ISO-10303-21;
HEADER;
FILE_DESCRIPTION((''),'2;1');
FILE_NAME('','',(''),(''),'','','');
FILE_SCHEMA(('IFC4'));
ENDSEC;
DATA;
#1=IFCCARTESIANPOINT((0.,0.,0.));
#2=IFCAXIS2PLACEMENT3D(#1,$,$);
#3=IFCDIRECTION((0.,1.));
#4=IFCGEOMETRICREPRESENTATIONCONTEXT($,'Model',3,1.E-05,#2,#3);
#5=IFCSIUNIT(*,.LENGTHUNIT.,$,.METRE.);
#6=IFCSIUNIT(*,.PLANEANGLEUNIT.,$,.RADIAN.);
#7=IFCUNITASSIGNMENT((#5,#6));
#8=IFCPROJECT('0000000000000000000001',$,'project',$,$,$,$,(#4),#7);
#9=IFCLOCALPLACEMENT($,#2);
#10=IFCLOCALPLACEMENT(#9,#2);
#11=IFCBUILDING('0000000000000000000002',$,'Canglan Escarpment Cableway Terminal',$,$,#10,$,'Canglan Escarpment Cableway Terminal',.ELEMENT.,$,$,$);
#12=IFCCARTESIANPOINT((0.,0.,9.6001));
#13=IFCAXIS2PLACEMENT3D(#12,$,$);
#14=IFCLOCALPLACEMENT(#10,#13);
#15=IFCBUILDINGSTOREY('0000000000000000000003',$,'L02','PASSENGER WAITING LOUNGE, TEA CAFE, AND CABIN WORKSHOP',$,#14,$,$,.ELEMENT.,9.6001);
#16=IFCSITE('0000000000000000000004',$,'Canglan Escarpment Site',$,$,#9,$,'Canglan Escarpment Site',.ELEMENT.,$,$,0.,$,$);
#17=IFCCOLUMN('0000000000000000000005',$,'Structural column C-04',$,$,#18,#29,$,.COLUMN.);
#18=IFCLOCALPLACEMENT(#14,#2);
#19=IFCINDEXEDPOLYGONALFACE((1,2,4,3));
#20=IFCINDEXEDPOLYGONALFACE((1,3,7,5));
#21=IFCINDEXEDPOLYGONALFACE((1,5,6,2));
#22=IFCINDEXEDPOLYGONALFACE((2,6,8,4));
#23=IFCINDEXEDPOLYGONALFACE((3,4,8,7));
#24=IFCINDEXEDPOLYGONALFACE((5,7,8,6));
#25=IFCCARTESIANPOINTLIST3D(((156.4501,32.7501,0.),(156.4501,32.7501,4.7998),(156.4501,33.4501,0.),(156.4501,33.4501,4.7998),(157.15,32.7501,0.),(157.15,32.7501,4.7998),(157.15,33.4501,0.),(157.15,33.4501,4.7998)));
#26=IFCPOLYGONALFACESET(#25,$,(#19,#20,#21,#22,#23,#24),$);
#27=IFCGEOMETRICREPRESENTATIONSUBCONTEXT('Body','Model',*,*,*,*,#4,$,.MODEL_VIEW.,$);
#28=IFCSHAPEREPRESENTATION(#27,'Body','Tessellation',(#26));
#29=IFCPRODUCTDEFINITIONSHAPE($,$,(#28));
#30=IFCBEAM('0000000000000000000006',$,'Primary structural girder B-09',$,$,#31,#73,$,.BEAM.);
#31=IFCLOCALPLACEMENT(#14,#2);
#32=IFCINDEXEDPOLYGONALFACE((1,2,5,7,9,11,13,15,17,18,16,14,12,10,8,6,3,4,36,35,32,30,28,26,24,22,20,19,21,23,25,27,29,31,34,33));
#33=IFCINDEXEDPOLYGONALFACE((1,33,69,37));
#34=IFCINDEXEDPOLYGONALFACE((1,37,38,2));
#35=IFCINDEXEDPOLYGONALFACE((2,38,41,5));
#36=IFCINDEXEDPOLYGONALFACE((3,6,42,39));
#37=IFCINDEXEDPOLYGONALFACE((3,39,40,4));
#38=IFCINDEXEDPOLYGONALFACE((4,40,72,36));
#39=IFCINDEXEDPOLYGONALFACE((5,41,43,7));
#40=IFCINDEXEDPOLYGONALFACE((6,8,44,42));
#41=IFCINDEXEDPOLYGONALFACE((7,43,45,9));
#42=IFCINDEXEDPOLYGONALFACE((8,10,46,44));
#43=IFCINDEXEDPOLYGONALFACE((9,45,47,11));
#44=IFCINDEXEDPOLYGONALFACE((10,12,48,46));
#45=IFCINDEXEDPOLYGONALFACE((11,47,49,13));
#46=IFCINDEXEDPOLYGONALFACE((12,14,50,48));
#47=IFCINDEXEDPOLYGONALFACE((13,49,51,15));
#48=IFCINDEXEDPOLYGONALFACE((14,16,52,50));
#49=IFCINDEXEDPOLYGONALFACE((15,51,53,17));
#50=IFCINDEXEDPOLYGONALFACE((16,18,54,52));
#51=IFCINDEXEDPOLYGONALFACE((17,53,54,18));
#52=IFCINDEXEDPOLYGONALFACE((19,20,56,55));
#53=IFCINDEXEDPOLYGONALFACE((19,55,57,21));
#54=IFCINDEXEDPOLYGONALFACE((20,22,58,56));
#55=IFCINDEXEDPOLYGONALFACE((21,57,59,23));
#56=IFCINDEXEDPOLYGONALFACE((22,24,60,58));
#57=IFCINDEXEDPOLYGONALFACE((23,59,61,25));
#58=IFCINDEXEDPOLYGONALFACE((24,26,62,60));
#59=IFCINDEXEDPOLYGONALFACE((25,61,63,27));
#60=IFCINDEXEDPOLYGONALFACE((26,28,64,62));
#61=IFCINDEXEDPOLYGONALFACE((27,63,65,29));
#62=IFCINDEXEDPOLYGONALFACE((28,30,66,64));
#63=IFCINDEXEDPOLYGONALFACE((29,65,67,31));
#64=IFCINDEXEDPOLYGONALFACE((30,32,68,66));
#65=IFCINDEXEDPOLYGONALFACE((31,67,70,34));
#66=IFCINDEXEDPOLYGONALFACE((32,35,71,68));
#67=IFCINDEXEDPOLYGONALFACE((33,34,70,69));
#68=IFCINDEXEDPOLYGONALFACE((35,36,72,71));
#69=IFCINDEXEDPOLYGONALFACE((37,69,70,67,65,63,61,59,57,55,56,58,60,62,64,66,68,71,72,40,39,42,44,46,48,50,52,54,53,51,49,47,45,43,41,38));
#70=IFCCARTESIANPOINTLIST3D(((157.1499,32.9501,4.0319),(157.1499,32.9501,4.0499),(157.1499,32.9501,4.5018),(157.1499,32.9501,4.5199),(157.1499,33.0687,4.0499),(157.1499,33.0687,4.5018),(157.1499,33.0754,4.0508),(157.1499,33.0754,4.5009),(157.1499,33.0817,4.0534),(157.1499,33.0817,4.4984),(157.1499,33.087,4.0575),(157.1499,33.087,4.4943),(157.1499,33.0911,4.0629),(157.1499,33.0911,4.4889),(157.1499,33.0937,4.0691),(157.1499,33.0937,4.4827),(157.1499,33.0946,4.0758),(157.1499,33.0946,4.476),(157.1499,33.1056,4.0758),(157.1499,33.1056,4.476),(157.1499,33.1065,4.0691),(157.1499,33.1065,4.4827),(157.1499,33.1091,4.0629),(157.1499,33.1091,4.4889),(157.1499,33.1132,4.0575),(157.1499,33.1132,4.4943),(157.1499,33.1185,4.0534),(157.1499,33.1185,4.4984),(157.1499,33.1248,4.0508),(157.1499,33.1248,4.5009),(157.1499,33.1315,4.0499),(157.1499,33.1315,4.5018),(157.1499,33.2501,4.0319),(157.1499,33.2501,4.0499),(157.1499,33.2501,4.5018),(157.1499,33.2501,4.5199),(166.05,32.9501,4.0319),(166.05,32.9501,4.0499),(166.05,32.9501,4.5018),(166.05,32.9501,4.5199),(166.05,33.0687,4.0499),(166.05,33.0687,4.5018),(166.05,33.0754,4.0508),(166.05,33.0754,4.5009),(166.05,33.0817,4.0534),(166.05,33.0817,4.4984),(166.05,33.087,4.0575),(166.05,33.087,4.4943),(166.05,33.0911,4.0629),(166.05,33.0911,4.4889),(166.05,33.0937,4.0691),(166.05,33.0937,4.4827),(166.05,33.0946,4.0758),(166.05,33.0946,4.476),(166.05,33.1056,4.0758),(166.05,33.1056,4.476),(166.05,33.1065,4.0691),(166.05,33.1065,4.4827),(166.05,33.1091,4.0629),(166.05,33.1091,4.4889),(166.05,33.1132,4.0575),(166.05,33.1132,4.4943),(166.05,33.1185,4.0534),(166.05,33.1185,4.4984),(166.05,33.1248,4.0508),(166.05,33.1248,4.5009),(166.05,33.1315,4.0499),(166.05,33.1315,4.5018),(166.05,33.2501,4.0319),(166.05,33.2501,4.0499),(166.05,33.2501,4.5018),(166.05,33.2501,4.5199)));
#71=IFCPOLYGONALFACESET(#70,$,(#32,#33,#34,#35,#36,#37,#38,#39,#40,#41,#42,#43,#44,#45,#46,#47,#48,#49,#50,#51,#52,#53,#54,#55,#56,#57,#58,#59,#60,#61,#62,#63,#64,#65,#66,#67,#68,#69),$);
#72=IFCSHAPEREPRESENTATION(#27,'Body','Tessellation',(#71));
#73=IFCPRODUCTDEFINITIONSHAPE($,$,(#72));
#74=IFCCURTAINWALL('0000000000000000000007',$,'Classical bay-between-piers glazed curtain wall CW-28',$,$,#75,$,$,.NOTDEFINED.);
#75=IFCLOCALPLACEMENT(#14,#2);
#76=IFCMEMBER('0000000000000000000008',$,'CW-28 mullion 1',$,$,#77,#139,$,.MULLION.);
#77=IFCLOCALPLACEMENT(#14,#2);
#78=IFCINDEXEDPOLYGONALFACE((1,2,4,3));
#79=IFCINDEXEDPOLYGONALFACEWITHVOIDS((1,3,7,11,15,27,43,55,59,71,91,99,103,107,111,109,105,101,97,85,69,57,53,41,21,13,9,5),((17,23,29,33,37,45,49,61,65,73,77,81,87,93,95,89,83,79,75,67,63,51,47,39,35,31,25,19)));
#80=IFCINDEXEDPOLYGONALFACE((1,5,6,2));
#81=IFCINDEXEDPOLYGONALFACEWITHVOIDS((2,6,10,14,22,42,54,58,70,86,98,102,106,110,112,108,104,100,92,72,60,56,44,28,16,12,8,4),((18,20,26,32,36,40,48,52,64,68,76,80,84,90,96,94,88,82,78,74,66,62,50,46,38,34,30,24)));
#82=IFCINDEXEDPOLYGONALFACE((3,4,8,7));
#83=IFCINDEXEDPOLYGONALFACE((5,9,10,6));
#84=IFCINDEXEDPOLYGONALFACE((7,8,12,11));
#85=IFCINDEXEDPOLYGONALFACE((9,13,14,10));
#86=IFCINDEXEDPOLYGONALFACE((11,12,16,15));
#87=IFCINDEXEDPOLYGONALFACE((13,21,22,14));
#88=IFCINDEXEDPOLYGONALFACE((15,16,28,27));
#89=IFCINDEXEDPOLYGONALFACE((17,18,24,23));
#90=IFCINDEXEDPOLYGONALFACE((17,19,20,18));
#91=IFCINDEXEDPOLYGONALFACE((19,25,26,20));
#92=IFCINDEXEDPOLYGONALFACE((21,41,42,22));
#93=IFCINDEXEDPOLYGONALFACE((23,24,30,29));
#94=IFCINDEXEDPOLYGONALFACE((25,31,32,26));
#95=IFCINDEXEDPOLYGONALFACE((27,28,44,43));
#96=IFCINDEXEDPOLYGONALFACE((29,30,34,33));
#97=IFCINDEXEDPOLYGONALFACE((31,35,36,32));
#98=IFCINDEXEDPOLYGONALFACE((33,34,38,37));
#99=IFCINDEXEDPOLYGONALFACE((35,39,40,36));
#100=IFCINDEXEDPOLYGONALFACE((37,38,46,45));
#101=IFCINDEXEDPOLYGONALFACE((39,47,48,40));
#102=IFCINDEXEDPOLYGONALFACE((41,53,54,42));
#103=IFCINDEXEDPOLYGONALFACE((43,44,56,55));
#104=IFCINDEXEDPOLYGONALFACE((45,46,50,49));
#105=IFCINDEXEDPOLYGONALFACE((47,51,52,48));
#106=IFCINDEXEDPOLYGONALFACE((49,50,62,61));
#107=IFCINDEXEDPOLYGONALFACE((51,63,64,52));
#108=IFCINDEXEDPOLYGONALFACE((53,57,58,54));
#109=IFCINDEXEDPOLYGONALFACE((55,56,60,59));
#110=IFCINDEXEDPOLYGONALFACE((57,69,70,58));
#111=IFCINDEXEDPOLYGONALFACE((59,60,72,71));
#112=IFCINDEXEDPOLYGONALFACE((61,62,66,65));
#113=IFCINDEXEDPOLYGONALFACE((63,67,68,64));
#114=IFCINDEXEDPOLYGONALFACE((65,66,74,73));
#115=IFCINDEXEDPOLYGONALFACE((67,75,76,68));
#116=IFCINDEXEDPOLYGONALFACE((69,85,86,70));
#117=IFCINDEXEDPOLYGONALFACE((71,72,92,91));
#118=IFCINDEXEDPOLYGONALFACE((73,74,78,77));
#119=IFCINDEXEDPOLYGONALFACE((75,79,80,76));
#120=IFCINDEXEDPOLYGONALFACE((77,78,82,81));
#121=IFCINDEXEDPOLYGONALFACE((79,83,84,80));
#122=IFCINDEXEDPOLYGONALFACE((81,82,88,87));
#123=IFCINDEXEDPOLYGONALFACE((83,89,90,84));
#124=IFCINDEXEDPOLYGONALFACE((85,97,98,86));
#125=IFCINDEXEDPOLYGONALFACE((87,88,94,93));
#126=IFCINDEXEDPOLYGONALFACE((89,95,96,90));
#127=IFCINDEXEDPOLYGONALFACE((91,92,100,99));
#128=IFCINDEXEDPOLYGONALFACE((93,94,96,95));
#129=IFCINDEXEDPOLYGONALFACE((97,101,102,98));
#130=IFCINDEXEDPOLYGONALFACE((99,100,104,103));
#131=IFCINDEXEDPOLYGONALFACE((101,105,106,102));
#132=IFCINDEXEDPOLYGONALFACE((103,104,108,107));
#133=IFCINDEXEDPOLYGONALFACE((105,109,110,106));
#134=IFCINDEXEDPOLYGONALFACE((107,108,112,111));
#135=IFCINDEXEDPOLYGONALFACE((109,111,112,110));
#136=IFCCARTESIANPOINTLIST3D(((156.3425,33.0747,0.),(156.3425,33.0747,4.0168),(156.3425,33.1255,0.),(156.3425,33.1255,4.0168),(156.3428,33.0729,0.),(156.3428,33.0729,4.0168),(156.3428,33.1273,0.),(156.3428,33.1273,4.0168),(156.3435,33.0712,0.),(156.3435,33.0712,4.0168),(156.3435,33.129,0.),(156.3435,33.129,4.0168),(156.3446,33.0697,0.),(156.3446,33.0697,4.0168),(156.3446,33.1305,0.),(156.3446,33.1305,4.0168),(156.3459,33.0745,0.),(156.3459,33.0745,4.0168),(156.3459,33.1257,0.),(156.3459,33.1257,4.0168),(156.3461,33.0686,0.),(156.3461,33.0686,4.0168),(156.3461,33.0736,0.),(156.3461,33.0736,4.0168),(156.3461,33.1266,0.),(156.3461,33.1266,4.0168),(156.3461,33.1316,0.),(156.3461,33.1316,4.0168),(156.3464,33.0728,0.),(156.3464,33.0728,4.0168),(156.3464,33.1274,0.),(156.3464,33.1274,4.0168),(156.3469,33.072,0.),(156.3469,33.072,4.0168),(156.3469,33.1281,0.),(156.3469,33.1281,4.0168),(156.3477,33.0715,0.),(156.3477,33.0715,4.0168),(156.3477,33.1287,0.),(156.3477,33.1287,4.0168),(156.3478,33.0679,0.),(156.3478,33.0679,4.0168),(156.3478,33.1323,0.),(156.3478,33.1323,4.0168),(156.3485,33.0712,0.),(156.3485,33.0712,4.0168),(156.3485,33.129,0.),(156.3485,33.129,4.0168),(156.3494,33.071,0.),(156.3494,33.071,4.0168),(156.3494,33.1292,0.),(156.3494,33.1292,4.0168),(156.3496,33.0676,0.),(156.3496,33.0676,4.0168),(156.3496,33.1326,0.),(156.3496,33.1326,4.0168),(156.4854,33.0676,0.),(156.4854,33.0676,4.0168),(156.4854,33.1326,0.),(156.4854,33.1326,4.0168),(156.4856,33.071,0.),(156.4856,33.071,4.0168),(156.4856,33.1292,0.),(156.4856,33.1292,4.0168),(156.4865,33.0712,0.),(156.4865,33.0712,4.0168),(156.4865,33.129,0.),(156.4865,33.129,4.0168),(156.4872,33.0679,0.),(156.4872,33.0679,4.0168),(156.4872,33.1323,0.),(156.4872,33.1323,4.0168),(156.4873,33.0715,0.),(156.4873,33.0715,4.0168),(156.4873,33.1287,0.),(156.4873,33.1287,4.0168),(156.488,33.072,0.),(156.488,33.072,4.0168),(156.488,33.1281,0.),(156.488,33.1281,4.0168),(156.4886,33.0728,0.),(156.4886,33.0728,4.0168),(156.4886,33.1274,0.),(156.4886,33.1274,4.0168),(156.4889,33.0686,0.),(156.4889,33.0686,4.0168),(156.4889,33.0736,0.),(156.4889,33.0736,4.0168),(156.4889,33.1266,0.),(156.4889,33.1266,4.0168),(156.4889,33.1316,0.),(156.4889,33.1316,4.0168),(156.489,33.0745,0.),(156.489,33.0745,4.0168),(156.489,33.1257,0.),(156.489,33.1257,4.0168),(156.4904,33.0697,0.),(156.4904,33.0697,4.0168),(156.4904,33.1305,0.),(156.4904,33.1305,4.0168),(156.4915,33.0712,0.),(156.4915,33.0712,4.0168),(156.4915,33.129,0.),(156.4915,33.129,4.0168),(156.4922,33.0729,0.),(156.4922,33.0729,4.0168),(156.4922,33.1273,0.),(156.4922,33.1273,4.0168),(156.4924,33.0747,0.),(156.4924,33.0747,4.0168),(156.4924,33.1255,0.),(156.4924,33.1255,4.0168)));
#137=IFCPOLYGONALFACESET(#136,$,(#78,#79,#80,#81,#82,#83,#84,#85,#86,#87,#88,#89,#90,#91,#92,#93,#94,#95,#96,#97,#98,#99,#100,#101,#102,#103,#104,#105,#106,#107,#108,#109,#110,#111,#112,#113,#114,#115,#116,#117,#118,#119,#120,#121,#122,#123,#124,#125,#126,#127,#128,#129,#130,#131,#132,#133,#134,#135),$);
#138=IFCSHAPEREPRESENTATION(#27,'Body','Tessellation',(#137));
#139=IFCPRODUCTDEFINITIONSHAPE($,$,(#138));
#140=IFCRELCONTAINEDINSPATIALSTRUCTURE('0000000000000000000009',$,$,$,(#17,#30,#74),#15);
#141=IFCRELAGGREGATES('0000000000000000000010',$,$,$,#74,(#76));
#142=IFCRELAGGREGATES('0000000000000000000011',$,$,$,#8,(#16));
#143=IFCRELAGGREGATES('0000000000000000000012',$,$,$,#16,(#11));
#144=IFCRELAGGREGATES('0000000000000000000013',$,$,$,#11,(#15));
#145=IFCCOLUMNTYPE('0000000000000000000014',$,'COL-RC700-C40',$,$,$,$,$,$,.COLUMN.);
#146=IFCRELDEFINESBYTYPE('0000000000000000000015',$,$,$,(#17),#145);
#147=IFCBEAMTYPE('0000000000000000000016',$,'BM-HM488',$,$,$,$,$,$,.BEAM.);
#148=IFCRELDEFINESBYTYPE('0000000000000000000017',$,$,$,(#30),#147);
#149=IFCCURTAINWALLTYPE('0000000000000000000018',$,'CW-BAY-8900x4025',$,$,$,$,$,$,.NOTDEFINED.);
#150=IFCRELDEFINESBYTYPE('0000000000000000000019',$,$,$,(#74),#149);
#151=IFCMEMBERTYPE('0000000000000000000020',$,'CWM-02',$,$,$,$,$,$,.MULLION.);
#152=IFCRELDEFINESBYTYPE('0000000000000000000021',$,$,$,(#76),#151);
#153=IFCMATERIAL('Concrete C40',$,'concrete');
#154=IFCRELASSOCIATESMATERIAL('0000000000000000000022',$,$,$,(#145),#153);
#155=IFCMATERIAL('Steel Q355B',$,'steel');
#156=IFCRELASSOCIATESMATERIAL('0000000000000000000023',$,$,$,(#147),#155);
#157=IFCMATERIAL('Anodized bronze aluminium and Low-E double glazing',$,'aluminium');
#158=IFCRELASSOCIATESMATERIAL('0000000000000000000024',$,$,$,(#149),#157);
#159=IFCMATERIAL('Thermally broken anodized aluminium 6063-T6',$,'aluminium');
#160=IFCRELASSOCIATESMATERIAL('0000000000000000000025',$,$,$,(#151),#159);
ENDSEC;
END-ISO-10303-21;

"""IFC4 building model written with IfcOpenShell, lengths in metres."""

from ifc_helpers import new_model, si_unit, direction, frame, origin, origin_2d, place, context, subcontext, project, spatial, rectangle, hollow_rectangle, i_section, extrude, material, material_profile, profile_set, type_object, element, aggregate, save


model = new_model("IFC4")

# Units and contexts
model_context = context("Model", 3, precision=1e-05, world=origin(), true_north=direction((0.0, 1.0)))
body_context = subcontext(model_context, "Body", "Model", "MODEL_VIEW")
ifc_project = project(units=[si_unit("LENGTHUNIT", "METRE"), si_unit("PLANEANGLEUNIT", "RADIAN")], contexts=[model_context])

# Site, building, storey
site_placement = place(None, origin())
site = spatial("IfcSite", under=ifc_project, at=site_placement, Name="Canglan Escarpment Site", LongName="Canglan Escarpment Site", CompositionType="ELEMENT", RefElevation=0.0)
building_placement = place(site_placement, origin())
building = spatial("IfcBuilding", under=site, at=building_placement, Name="Canglan Escarpment Cableway Terminal", LongName="Canglan Escarpment Cableway Terminal", CompositionType="ELEMENT")
storey_placement = place(building_placement, frame((0.0, 0.0, 9.6001)))
storey = spatial("IfcBuildingStorey", under=building, at=storey_placement, Name="L02", Description="PASSENGER WAITING LOUNGE, TEA CAFE, AND CABIN WORKSHOP", CompositionType="ELEMENT", Elevation=9.6001)

# Column
ifc_material_1 = material(Name="Concrete C40", Category="concrete")
ifc_material_profile_1 = material_profile(ifc_material_1, rectangle(XDim=0.7, YDim=0.7, at=origin_2d()), Name="RC 700x700")
ifc_profile_set_1 = profile_set([ifc_material_profile_1], Name="Concrete C40")
column_type = type_object("IfcColumnType", Name="COL-RC700-C40", PredefinedType="COLUMN", material=ifc_profile_set_1)
column_placement = place(storey_placement, frame((156.8, 33.1001, 0.0), z_axis=(0.0, 0.0, 1.0), x_axis=(1.0, 0.0, 0.0)))
element("IfcColumn", 1, at=column_placement, inside=storey, type_object=column_type, Name="Structural column C-04", PredefinedType="COLUMN", context=body_context, shape_type="SweptSolid", body=[
    extrude(rectangle(XDim=0.7, YDim=0.7, at=origin_2d()), origin(), (0.0, 0.0, 1.0), 4.7998),
])

# Beam
ifc_material_2 = material(Name="Steel Q355B", Category="steel")
ifc_material_profile_2 = material_profile(ifc_material_2, i_section(OverallWidth=0.3, OverallDepth=0.488, WebThickness=0.011, FlangeThickness=0.0181, FilletRadius=0.0259, at=origin_2d()), Name="HM 488x300x11x18")
ifc_profile_set_2 = profile_set([ifc_material_profile_2], Name="Steel Q355B")
beam_type = type_object("IfcBeamType", Name="BM-HM488", PredefinedType="BEAM", material=ifc_profile_set_2)
beam_placement = place(storey_placement, frame((157.1499, 33.1001, 4.2759), z_axis=(1.0, 0.0, 0.0), x_axis=(0.0, 1.0, 0.0)))
element("IfcBeam", 2, at=beam_placement, inside=storey, type_object=beam_type, Name="Primary structural girder B-09", PredefinedType="BEAM", context=body_context, shape_type="SweptSolid", body=[
    extrude(i_section(OverallWidth=0.3, OverallDepth=0.488, WebThickness=0.011, FlangeThickness=0.0181, FilletRadius=0.0259, at=origin_2d()), origin(), (0.0, 0.0, 1.0), 8.9001),
])

# Curtain wall, member
ifc_material_3 = material(Name="Anodized bronze aluminium and Low-E double glazing", Category="aluminium")
curtain_wall_type = type_object("IfcCurtainWallType", Name="CW-BAY-8900x4025", PredefinedType="NOTDEFINED", material=ifc_material_3)
curtain_wall_1_placement = place(storey_placement, origin())
curtain_wall_1 = element("IfcCurtainWall", 3, at=curtain_wall_1_placement, inside=storey, type_object=curtain_wall_type, Name="Classical bay-between-piers glazed curtain wall CW-28", PredefinedType="NOTDEFINED")
ifc_material_4 = material(Name="Thermally broken anodized aluminium 6063-T6", Category="aluminium")
ifc_material_profile_3 = material_profile(ifc_material_4, hollow_rectangle(XDim=0.0649, YDim=0.1499, WallThickness=0.0034, InnerFilletRadius=0.0034, OuterFilletRadius=0.0071, at=origin_2d()), Name="ALU-MULL 65x150x3.5")
ifc_profile_set_3 = profile_set([ifc_material_profile_3], Name="Thermally broken anodized aluminium 6063-T6")
member_type_1 = type_object("IfcMemberType", Name="CWM-02", PredefinedType="MULLION", material=ifc_profile_set_3)
member_1_placement = place(storey_placement, frame((156.4175, 33.1001, 0.0), z_axis=(0.0, 0.0, 1.0), x_axis=(0.0, -1.0, 0.0)))
member_1 = element("IfcMember", 4, at=member_1_placement, type_object=member_type_1, Name="CW-28 mullion 1", PredefinedType="MULLION", context=body_context, shape_type="SweptSolid", body=[
    extrude(hollow_rectangle(XDim=0.0649, YDim=0.1499, WallThickness=0.0034, InnerFilletRadius=0.0034, OuterFilletRadius=0.0071, at=origin_2d()), origin(), (0.0, 0.0, 1.0), 4.0168),
])

aggregate(curtain_wall_1, [member_1])

save(model, "model.ifc")
